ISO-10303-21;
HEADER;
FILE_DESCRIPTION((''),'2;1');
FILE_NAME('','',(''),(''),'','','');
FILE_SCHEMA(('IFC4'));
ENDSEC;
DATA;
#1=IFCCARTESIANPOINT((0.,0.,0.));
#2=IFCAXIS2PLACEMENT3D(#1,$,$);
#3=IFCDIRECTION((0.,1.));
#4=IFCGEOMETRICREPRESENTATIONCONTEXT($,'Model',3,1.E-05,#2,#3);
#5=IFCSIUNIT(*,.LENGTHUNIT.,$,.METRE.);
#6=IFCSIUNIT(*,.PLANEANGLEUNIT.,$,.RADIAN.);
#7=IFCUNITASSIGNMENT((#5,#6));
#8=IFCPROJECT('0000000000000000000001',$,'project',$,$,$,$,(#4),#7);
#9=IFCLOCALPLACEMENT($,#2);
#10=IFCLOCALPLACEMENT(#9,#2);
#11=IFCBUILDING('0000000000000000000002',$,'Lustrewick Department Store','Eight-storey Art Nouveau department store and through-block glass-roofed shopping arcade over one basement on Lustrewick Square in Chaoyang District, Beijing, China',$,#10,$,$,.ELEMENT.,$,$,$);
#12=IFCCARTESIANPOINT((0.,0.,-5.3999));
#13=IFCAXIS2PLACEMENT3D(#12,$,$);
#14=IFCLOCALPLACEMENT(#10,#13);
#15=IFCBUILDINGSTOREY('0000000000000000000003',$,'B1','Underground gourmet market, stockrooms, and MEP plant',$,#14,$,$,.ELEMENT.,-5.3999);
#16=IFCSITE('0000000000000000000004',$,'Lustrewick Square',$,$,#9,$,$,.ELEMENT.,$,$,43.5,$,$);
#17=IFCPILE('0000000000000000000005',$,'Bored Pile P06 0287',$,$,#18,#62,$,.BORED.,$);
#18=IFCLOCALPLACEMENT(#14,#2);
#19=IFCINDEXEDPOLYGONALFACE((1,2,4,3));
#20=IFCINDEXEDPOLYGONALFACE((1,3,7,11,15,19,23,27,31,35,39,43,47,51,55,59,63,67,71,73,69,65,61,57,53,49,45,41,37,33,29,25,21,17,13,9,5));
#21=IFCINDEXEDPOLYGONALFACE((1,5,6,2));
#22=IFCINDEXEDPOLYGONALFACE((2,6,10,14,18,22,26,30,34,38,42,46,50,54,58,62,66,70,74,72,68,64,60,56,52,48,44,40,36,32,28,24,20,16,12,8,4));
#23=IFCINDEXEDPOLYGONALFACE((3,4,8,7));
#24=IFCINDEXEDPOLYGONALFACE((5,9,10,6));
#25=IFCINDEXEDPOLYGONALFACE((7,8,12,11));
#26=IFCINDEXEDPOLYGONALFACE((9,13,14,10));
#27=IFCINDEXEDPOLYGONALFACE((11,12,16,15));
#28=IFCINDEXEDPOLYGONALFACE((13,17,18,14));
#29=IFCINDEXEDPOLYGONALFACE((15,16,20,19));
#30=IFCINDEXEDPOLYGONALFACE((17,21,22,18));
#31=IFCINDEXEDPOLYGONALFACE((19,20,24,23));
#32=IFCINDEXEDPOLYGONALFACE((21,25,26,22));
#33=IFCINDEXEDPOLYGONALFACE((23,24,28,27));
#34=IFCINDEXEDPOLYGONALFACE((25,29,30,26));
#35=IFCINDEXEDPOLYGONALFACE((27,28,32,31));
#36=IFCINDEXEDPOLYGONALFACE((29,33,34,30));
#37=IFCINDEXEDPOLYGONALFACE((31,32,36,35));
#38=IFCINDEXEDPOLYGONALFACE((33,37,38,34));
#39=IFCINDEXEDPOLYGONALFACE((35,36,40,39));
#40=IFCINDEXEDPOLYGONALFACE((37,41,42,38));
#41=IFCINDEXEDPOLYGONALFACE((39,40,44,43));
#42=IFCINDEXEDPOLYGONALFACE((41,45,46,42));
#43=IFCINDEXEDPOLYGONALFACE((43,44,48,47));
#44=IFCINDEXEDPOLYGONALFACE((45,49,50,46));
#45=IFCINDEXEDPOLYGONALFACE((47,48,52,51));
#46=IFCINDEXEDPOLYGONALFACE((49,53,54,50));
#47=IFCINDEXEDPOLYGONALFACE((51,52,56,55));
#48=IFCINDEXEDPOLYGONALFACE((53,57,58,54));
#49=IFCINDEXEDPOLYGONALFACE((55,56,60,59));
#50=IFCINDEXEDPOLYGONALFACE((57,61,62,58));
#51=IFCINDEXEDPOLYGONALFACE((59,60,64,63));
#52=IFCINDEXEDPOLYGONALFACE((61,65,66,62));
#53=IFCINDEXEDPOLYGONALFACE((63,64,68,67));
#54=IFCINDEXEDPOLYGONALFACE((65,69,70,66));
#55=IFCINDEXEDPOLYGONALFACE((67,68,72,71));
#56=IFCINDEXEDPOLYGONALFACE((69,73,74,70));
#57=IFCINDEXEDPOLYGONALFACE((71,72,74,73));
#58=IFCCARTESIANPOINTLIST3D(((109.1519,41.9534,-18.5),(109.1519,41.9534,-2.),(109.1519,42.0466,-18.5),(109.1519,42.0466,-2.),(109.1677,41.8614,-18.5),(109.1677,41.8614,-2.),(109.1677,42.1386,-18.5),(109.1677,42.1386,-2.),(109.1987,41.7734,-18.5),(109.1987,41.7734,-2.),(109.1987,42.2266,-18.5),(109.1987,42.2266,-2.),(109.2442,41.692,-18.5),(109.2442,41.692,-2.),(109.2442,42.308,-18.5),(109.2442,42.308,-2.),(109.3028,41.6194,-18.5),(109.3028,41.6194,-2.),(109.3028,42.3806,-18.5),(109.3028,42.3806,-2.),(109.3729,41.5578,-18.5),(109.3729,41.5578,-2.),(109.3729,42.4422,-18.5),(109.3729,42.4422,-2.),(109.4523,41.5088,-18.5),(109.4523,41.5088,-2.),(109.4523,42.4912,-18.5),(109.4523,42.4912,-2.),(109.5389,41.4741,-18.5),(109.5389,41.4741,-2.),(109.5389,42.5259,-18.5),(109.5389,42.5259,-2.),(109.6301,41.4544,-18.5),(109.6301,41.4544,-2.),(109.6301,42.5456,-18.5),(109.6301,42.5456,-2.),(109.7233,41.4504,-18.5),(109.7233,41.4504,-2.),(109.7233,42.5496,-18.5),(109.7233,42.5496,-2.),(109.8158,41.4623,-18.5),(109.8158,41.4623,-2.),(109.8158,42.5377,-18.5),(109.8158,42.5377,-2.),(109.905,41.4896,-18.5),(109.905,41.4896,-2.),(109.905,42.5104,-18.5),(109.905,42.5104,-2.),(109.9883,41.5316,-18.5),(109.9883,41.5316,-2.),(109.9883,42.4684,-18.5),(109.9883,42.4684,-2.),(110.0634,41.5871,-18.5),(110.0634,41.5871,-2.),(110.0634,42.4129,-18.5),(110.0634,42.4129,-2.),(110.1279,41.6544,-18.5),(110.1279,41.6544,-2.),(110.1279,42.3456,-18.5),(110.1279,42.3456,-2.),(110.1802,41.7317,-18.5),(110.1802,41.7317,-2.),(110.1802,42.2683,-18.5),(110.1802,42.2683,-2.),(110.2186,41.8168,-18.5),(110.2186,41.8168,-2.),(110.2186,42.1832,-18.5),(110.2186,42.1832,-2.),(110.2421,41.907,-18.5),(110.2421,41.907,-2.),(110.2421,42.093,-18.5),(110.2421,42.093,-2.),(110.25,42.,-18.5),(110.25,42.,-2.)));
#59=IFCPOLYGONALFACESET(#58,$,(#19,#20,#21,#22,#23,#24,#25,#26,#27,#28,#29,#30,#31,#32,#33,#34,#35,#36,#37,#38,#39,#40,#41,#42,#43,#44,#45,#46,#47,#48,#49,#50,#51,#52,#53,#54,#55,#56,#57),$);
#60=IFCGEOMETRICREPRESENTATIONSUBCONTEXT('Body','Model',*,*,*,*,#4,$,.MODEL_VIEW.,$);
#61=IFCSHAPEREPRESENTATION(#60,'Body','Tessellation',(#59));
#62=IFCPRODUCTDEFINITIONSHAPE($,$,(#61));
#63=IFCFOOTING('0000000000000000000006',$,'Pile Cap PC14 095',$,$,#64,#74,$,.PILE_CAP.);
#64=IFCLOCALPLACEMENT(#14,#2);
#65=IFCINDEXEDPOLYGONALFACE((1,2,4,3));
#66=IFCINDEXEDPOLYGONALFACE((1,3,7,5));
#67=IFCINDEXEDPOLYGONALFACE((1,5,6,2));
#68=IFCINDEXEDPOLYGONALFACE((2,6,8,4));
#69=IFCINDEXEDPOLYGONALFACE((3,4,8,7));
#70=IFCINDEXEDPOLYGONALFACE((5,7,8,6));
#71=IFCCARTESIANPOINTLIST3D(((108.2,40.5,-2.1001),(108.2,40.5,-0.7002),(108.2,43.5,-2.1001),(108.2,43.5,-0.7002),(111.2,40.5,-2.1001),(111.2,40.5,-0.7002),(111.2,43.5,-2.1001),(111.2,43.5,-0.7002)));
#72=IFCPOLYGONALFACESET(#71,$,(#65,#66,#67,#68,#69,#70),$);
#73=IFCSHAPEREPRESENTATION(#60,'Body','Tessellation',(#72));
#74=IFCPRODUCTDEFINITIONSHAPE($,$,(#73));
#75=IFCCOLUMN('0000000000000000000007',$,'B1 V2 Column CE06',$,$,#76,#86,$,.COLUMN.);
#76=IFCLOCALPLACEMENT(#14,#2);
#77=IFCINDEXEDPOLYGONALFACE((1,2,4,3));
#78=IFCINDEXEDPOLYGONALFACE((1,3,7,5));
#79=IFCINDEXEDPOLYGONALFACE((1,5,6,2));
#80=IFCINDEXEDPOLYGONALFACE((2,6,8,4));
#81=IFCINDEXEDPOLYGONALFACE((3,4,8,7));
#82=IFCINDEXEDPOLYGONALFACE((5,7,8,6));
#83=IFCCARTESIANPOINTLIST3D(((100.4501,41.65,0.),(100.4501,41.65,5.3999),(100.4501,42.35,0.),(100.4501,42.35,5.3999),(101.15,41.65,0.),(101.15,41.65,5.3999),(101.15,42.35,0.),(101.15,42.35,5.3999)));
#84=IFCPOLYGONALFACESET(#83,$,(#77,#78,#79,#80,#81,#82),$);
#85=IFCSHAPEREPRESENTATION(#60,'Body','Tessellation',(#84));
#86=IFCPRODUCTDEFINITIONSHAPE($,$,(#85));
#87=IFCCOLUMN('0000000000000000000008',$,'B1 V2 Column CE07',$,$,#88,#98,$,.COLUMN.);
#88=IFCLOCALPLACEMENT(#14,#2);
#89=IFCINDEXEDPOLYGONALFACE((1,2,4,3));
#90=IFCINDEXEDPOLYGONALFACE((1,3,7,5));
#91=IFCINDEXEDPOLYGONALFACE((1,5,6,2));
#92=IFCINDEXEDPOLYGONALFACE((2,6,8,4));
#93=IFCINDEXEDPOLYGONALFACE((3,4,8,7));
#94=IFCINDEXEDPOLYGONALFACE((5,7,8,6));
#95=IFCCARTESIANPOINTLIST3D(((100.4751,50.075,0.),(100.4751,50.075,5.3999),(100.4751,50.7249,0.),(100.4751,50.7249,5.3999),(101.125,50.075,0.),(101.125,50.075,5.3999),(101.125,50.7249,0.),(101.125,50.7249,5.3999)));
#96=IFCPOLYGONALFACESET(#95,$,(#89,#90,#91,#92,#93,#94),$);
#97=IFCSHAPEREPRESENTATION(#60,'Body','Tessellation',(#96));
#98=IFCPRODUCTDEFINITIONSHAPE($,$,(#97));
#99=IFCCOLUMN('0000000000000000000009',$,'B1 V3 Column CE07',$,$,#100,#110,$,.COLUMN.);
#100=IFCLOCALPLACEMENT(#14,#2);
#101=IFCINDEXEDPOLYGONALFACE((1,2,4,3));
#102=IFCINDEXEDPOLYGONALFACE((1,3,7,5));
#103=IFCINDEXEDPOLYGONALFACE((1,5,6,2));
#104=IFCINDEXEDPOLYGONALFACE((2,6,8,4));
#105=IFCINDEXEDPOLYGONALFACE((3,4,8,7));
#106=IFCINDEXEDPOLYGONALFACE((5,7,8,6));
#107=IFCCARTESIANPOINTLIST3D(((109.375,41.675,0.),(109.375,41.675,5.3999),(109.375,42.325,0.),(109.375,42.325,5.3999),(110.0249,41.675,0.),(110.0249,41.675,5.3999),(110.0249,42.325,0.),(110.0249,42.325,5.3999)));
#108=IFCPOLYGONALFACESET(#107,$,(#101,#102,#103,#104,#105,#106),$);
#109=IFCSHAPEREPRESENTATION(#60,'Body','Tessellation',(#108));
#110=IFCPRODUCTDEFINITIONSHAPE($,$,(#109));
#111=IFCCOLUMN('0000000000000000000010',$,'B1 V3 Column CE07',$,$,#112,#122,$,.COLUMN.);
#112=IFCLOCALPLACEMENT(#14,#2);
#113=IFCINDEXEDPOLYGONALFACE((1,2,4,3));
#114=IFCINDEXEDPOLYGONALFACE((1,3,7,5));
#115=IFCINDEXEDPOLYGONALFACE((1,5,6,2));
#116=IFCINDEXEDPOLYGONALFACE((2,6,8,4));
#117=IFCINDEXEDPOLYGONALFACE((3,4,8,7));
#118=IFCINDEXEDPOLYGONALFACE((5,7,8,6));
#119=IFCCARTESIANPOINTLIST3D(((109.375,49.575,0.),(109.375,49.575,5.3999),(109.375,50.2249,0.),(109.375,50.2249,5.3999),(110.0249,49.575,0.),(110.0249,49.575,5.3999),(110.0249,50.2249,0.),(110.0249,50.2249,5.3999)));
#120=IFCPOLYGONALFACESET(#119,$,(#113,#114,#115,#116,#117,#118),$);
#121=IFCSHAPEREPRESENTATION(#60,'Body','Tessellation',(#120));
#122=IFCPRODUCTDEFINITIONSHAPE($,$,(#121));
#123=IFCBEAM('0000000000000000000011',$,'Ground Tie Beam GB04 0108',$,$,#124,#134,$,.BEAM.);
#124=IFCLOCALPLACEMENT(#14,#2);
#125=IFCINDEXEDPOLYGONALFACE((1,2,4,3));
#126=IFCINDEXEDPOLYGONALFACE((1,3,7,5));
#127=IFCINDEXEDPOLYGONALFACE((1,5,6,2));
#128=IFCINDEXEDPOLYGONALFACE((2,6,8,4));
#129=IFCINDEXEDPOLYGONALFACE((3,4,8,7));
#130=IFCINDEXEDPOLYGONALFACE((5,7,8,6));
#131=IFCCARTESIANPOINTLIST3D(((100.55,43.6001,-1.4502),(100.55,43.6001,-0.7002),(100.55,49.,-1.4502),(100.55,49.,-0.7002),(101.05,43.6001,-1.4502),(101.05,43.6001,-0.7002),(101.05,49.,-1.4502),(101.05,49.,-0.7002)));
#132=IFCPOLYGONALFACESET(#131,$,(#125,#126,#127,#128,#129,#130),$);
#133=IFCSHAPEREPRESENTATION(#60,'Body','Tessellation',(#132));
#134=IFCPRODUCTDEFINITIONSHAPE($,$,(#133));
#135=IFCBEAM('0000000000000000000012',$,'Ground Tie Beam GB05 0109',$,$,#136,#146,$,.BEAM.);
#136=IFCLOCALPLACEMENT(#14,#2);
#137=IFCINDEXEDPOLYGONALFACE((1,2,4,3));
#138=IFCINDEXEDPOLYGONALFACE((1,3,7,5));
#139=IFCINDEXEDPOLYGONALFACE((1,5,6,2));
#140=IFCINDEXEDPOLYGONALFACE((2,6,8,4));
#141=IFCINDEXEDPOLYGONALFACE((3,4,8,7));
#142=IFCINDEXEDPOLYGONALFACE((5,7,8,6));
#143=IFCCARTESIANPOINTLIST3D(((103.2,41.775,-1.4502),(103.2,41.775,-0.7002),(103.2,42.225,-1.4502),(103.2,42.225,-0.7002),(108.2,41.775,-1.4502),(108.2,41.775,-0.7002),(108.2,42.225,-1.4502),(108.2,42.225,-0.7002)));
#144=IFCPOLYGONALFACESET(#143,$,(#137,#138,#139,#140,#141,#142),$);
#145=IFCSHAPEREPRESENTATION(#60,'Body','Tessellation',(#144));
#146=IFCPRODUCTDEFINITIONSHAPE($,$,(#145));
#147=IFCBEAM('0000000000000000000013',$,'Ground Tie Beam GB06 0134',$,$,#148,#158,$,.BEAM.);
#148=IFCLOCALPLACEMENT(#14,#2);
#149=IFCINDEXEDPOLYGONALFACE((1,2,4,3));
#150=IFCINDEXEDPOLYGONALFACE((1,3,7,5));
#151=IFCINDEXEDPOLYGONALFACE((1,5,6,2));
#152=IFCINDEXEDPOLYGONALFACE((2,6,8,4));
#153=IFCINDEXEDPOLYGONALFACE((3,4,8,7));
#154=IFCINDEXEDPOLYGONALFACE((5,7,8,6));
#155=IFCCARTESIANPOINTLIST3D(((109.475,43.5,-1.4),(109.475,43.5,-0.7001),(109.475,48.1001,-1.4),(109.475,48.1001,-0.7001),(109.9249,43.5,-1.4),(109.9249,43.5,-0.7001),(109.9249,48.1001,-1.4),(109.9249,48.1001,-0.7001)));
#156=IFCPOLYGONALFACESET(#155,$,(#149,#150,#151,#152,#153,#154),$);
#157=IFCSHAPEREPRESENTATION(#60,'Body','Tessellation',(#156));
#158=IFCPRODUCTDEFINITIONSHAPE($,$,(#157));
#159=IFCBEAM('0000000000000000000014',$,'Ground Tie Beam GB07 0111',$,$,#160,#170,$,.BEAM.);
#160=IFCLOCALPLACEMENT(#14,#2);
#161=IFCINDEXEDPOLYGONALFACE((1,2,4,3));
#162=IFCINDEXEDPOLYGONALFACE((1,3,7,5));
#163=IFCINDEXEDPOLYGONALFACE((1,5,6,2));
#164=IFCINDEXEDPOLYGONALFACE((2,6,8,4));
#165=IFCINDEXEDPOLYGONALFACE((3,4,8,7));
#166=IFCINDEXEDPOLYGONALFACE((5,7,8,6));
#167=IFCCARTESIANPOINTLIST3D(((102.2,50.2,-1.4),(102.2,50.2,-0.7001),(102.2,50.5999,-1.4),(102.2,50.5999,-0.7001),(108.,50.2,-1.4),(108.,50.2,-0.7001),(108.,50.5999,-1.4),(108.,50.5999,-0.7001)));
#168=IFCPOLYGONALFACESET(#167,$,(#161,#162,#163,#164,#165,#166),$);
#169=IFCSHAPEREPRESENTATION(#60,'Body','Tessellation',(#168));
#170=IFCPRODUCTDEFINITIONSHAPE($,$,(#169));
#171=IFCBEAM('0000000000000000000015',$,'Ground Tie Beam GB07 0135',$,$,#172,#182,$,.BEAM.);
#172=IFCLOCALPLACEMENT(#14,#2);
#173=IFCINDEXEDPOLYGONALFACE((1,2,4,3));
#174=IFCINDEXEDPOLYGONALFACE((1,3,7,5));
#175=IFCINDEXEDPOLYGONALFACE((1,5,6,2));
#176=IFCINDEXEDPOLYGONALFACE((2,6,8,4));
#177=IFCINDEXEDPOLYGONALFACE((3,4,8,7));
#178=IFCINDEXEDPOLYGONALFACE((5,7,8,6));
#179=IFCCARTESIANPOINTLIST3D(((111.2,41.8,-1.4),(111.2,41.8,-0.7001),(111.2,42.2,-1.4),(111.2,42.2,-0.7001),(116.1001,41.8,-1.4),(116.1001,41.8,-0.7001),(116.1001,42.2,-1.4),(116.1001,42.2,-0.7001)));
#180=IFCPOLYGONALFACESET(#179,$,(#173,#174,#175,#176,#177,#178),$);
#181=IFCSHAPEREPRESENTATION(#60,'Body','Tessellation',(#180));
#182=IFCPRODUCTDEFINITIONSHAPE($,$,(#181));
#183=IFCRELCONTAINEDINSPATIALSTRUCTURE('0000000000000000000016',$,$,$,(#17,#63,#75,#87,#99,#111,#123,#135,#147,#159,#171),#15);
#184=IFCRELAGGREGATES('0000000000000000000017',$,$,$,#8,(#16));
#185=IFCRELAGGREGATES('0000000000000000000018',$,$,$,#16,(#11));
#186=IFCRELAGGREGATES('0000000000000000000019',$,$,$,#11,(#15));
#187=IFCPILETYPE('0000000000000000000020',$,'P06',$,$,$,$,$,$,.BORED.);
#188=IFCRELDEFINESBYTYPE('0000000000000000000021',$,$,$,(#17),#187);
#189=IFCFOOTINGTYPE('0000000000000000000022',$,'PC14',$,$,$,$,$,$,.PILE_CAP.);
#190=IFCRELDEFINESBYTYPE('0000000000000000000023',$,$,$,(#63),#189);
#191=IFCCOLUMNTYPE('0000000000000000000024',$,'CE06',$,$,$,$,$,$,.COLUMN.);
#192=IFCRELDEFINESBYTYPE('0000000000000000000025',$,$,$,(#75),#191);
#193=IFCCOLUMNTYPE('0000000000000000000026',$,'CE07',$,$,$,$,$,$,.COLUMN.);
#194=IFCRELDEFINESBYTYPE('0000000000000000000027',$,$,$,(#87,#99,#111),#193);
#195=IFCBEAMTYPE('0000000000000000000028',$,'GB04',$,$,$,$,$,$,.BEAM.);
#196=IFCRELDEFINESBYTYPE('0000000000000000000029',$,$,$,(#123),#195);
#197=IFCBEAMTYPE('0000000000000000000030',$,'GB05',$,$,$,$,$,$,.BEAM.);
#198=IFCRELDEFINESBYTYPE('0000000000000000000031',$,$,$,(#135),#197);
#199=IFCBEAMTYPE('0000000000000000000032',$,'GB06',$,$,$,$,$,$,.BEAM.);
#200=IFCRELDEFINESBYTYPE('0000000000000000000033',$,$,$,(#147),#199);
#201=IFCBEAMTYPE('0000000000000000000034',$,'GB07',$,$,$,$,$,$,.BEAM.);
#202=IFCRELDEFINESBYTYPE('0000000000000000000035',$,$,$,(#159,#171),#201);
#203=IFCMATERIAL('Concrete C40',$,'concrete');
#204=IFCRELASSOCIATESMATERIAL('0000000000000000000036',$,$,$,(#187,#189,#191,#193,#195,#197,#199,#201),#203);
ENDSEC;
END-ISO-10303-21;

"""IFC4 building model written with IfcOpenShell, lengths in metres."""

from ifc_helpers import new_model, si_unit, direction, frame, origin, origin_2d, place, context, subcontext, project, spatial, rectangle, circle, extrude, material, material_profile, profile_set, type_object, element, save


model = new_model("IFC4")

# Units and contexts
model_context = context("Model", 3, precision=1e-05, world=origin(), true_north=direction((0.0, 1.0)))
body_context = subcontext(model_context, "Body", "Model", "MODEL_VIEW")
ifc_project = project(units=[si_unit("LENGTHUNIT", "METRE"), si_unit("PLANEANGLEUNIT", "RADIAN")], contexts=[model_context])

# Site, building, storey
site_placement = place(None, origin())
site = spatial("IfcSite", under=ifc_project, at=site_placement, Name="Lustrewick Square", CompositionType="ELEMENT", RefElevation=43.5)
building_placement = place(site_placement, origin())
building = spatial("IfcBuilding", under=site, at=building_placement, Name="Lustrewick Department Store", Description="Eight-storey Art Nouveau department store and through-block glass-roofed shopping arcade over one basement on Lustrewick Square in Chaoyang District, Beijing, China", CompositionType="ELEMENT")
storey_placement = place(building_placement, frame((0.0, 0.0, -5.3999)))
storey = spatial("IfcBuildingStorey", under=building, at=storey_placement, Name="B1", Description="Underground gourmet market, stockrooms, and MEP plant", CompositionType="ELEMENT", Elevation=-5.3999)

# Pile
ifc_material_1 = material(Name="Concrete C40", Category="concrete")
ifc_material_profile_1 = material_profile(ifc_material_1, circle(Radius=0.55, at=origin_2d()), Name="PILE D1100")
ifc_profile_set_1 = profile_set([ifc_material_profile_1], Name="Concrete C40")
pile_type_1 = type_object("IfcPileType", Name="P06", PredefinedType="BORED", material=ifc_profile_set_1)
pile_1_placement = place(storey_placement, frame((109.7, 42.0, -2.0), z_axis=(0.0, 0.0, -1.0), x_axis=(1.0, 0.0, 0.0)))
element("IfcPile", 1, at=pile_1_placement, inside=storey, type_object=pile_type_1, Name="Bored Pile P06 0287", PredefinedType="BORED", context=body_context, shape_type="SweptSolid", body=[
    extrude(circle(Radius=0.55, at=origin_2d()), origin(), (0.0, 0.0, 1.0), 16.5),
])

# Footing
footing_type = type_object("IfcFootingType", Name="PC14", PredefinedType="PILE_CAP", material=ifc_material_1)
footing_placement = place(storey_placement, frame((109.7, 42.0, -2.1001), z_axis=(0.0, 0.0, 1.0), x_axis=(1.0, 0.0, 0.0)))
element("IfcFooting", 2, at=footing_placement, inside=storey, type_object=footing_type, Name="Pile Cap PC14 095", PredefinedType="PILE_CAP", context=body_context, shape_type="SweptSolid", body=[
    extrude(rectangle(XDim=3.0, YDim=3.0, at=origin_2d()), origin(), (0.0, 0.0, 1.0), 1.3999),
])

# Columns
ifc_material_profile_2 = material_profile(ifc_material_1, rectangle(XDim=0.7, YDim=0.7, at=origin_2d()), Name="RC 700x700")
ifc_profile_set_2 = profile_set([ifc_material_profile_2], Name="Concrete C40")
column_type_1 = type_object("IfcColumnType", Name="CE06", PredefinedType="COLUMN", material=ifc_profile_set_2)
column_placement = place(storey_placement, frame((100.8, 42.0, 0.0), z_axis=(0.0, 0.0, 1.0), x_axis=(1.0, 0.0, 0.0)))
element("IfcColumn", 3, at=column_placement, inside=storey, type_object=column_type_1, Name="B1 V2 Column CE06", PredefinedType="COLUMN", context=body_context, shape_type="SweptSolid", body=[
    extrude(rectangle(XDim=0.7, YDim=0.7, at=origin_2d()), origin(), (0.0, 0.0, 1.0), 5.3999),
])
ifc_material_profile_3 = material_profile(ifc_material_1, rectangle(XDim=0.6499, YDim=0.6499, at=origin_2d()), Name="RC 650x650")
ifc_profile_set_3 = profile_set([ifc_material_profile_3], Name="Concrete C40")
column_type_2 = type_object("IfcColumnType", Name="CE07", PredefinedType="COLUMN", material=ifc_profile_set_3)
for number, where, z_axis, x_axis, name in (
    (4, (100.8, 50.3999, 0.0), (0.0, 0.0, 1.0), (1.0, 0.0, 0.0), "B1 V2 Column CE07"),
    (5, (109.7, 42.0, 0.0), (0.0, 0.0, 1.0), (1.0, 0.0, 0.0), "B1 V3 Column CE07"),
    (6, (109.7, 49.8999, 0.0), (0.0, 0.0, 1.0), (1.0, 0.0, 0.0), "B1 V3 Column CE07"),
):
    element("IfcColumn", number, at=place(storey_placement, frame(where, z_axis=z_axis, x_axis=x_axis)), inside=storey, type_object=column_type_2, Name=name, PredefinedType="COLUMN", context=body_context, shape_type="SweptSolid", body=[
        extrude(rectangle(XDim=0.6499, YDim=0.6499, at=origin_2d()), origin(), (0.0, 0.0, 1.0), 5.3999),
    ])

# Beams
ifc_material_profile_4 = material_profile(ifc_material_1, rectangle(XDim=0.5, YDim=0.75, at=origin_2d()), Name="RC 500x750")
ifc_profile_set_4 = profile_set([ifc_material_profile_4], Name="Concrete C40")
beam_type_1 = type_object("IfcBeamType", Name="GB04", PredefinedType="BEAM", material=ifc_profile_set_4)
beam_1_placement = place(storey_placement, frame((100.8, 43.6001, -1.0752), z_axis=(0.0, 1.0, 0.0), x_axis=(-1.0, 0.0, 0.0)))
element("IfcBeam", 7, at=beam_1_placement, inside=storey, type_object=beam_type_1, Name="Ground Tie Beam GB04 0108", PredefinedType="BEAM", context=body_context, shape_type="SweptSolid", body=[
    extrude(rectangle(XDim=0.5, YDim=0.75, at=origin_2d()), origin(), (0.0, 0.0, 1.0), 5.3999),
])
ifc_material_profile_5 = material_profile(ifc_material_1, rectangle(XDim=0.45, YDim=0.75, at=origin_2d()), Name="RC 450x750")
ifc_profile_set_5 = profile_set([ifc_material_profile_5], Name="Concrete C40")
beam_type_2 = type_object("IfcBeamType", Name="GB05", PredefinedType="BEAM", material=ifc_profile_set_5)
beam_2_placement = place(storey_placement, frame((103.2, 42.0, -1.0752), z_axis=(1.0, 0.0, 0.0), x_axis=(0.0, 1.0, 0.0)))
element("IfcBeam", 8, at=beam_2_placement, inside=storey, type_object=beam_type_2, Name="Ground Tie Beam GB05 0109", PredefinedType="BEAM", context=body_context, shape_type="SweptSolid", body=[
    extrude(rectangle(XDim=0.45, YDim=0.75, at=origin_2d()), origin(), (0.0, 0.0, 1.0), 5.0),
])
ifc_material_profile_6 = material_profile(ifc_material_1, rectangle(XDim=0.45, YDim=0.7, at=origin_2d()), Name="RC 450x700")
ifc_profile_set_6 = profile_set([ifc_material_profile_6], Name="Concrete C40")
beam_type_3 = type_object("IfcBeamType", Name="GB06", PredefinedType="BEAM", material=ifc_profile_set_6)
beam_3_placement = place(storey_placement, frame((109.7, 43.5, -1.05), z_axis=(0.0, 1.0, 0.0), x_axis=(-1.0, 0.0, 0.0)))
element("IfcBeam", 9, at=beam_3_placement, inside=storey, type_object=beam_type_3, Name="Ground Tie Beam GB06 0134", PredefinedType="BEAM", context=body_context, shape_type="SweptSolid", body=[
    extrude(rectangle(XDim=0.45, YDim=0.7, at=origin_2d()), origin(), (0.0, 0.0, 1.0), 4.6001),
])
ifc_material_profile_7 = material_profile(ifc_material_1, rectangle(XDim=0.3999, YDim=0.7, at=origin_2d()), Name="RC 400x700")
ifc_profile_set_7 = profile_set([ifc_material_profile_7], Name="Concrete C40")
beam_type_4 = type_object("IfcBeamType", Name="GB07", PredefinedType="BEAM", material=ifc_profile_set_7)
beam_4_placement = place(storey_placement, frame((102.2, 50.3999, -1.05), z_axis=(1.0, 0.0, 0.0), x_axis=(0.0, 1.0, 0.0)))
element("IfcBeam", 10, at=beam_4_placement, inside=storey, type_object=beam_type_4, Name="Ground Tie Beam GB07 0111", PredefinedType="BEAM", context=body_context, shape_type="SweptSolid", body=[
    extrude(rectangle(XDim=0.3999, YDim=0.7, at=origin_2d()), origin(), (0.0, 0.0, 1.0), 5.8),
])
beam_5_placement = place(storey_placement, frame((111.2, 42.0, -1.05), z_axis=(1.0, 0.0, 0.0), x_axis=(0.0, 1.0, 0.0)))
element("IfcBeam", 11, at=beam_5_placement, inside=storey, type_object=beam_type_4, Name="Ground Tie Beam GB07 0135", PredefinedType="BEAM", context=body_context, shape_type="SweptSolid", body=[
    extrude(rectangle(XDim=0.3999, YDim=0.7, at=origin_2d()), origin(), (0.0, 0.0, 1.0), 4.9001),
])

save(model, "model.ifc")
